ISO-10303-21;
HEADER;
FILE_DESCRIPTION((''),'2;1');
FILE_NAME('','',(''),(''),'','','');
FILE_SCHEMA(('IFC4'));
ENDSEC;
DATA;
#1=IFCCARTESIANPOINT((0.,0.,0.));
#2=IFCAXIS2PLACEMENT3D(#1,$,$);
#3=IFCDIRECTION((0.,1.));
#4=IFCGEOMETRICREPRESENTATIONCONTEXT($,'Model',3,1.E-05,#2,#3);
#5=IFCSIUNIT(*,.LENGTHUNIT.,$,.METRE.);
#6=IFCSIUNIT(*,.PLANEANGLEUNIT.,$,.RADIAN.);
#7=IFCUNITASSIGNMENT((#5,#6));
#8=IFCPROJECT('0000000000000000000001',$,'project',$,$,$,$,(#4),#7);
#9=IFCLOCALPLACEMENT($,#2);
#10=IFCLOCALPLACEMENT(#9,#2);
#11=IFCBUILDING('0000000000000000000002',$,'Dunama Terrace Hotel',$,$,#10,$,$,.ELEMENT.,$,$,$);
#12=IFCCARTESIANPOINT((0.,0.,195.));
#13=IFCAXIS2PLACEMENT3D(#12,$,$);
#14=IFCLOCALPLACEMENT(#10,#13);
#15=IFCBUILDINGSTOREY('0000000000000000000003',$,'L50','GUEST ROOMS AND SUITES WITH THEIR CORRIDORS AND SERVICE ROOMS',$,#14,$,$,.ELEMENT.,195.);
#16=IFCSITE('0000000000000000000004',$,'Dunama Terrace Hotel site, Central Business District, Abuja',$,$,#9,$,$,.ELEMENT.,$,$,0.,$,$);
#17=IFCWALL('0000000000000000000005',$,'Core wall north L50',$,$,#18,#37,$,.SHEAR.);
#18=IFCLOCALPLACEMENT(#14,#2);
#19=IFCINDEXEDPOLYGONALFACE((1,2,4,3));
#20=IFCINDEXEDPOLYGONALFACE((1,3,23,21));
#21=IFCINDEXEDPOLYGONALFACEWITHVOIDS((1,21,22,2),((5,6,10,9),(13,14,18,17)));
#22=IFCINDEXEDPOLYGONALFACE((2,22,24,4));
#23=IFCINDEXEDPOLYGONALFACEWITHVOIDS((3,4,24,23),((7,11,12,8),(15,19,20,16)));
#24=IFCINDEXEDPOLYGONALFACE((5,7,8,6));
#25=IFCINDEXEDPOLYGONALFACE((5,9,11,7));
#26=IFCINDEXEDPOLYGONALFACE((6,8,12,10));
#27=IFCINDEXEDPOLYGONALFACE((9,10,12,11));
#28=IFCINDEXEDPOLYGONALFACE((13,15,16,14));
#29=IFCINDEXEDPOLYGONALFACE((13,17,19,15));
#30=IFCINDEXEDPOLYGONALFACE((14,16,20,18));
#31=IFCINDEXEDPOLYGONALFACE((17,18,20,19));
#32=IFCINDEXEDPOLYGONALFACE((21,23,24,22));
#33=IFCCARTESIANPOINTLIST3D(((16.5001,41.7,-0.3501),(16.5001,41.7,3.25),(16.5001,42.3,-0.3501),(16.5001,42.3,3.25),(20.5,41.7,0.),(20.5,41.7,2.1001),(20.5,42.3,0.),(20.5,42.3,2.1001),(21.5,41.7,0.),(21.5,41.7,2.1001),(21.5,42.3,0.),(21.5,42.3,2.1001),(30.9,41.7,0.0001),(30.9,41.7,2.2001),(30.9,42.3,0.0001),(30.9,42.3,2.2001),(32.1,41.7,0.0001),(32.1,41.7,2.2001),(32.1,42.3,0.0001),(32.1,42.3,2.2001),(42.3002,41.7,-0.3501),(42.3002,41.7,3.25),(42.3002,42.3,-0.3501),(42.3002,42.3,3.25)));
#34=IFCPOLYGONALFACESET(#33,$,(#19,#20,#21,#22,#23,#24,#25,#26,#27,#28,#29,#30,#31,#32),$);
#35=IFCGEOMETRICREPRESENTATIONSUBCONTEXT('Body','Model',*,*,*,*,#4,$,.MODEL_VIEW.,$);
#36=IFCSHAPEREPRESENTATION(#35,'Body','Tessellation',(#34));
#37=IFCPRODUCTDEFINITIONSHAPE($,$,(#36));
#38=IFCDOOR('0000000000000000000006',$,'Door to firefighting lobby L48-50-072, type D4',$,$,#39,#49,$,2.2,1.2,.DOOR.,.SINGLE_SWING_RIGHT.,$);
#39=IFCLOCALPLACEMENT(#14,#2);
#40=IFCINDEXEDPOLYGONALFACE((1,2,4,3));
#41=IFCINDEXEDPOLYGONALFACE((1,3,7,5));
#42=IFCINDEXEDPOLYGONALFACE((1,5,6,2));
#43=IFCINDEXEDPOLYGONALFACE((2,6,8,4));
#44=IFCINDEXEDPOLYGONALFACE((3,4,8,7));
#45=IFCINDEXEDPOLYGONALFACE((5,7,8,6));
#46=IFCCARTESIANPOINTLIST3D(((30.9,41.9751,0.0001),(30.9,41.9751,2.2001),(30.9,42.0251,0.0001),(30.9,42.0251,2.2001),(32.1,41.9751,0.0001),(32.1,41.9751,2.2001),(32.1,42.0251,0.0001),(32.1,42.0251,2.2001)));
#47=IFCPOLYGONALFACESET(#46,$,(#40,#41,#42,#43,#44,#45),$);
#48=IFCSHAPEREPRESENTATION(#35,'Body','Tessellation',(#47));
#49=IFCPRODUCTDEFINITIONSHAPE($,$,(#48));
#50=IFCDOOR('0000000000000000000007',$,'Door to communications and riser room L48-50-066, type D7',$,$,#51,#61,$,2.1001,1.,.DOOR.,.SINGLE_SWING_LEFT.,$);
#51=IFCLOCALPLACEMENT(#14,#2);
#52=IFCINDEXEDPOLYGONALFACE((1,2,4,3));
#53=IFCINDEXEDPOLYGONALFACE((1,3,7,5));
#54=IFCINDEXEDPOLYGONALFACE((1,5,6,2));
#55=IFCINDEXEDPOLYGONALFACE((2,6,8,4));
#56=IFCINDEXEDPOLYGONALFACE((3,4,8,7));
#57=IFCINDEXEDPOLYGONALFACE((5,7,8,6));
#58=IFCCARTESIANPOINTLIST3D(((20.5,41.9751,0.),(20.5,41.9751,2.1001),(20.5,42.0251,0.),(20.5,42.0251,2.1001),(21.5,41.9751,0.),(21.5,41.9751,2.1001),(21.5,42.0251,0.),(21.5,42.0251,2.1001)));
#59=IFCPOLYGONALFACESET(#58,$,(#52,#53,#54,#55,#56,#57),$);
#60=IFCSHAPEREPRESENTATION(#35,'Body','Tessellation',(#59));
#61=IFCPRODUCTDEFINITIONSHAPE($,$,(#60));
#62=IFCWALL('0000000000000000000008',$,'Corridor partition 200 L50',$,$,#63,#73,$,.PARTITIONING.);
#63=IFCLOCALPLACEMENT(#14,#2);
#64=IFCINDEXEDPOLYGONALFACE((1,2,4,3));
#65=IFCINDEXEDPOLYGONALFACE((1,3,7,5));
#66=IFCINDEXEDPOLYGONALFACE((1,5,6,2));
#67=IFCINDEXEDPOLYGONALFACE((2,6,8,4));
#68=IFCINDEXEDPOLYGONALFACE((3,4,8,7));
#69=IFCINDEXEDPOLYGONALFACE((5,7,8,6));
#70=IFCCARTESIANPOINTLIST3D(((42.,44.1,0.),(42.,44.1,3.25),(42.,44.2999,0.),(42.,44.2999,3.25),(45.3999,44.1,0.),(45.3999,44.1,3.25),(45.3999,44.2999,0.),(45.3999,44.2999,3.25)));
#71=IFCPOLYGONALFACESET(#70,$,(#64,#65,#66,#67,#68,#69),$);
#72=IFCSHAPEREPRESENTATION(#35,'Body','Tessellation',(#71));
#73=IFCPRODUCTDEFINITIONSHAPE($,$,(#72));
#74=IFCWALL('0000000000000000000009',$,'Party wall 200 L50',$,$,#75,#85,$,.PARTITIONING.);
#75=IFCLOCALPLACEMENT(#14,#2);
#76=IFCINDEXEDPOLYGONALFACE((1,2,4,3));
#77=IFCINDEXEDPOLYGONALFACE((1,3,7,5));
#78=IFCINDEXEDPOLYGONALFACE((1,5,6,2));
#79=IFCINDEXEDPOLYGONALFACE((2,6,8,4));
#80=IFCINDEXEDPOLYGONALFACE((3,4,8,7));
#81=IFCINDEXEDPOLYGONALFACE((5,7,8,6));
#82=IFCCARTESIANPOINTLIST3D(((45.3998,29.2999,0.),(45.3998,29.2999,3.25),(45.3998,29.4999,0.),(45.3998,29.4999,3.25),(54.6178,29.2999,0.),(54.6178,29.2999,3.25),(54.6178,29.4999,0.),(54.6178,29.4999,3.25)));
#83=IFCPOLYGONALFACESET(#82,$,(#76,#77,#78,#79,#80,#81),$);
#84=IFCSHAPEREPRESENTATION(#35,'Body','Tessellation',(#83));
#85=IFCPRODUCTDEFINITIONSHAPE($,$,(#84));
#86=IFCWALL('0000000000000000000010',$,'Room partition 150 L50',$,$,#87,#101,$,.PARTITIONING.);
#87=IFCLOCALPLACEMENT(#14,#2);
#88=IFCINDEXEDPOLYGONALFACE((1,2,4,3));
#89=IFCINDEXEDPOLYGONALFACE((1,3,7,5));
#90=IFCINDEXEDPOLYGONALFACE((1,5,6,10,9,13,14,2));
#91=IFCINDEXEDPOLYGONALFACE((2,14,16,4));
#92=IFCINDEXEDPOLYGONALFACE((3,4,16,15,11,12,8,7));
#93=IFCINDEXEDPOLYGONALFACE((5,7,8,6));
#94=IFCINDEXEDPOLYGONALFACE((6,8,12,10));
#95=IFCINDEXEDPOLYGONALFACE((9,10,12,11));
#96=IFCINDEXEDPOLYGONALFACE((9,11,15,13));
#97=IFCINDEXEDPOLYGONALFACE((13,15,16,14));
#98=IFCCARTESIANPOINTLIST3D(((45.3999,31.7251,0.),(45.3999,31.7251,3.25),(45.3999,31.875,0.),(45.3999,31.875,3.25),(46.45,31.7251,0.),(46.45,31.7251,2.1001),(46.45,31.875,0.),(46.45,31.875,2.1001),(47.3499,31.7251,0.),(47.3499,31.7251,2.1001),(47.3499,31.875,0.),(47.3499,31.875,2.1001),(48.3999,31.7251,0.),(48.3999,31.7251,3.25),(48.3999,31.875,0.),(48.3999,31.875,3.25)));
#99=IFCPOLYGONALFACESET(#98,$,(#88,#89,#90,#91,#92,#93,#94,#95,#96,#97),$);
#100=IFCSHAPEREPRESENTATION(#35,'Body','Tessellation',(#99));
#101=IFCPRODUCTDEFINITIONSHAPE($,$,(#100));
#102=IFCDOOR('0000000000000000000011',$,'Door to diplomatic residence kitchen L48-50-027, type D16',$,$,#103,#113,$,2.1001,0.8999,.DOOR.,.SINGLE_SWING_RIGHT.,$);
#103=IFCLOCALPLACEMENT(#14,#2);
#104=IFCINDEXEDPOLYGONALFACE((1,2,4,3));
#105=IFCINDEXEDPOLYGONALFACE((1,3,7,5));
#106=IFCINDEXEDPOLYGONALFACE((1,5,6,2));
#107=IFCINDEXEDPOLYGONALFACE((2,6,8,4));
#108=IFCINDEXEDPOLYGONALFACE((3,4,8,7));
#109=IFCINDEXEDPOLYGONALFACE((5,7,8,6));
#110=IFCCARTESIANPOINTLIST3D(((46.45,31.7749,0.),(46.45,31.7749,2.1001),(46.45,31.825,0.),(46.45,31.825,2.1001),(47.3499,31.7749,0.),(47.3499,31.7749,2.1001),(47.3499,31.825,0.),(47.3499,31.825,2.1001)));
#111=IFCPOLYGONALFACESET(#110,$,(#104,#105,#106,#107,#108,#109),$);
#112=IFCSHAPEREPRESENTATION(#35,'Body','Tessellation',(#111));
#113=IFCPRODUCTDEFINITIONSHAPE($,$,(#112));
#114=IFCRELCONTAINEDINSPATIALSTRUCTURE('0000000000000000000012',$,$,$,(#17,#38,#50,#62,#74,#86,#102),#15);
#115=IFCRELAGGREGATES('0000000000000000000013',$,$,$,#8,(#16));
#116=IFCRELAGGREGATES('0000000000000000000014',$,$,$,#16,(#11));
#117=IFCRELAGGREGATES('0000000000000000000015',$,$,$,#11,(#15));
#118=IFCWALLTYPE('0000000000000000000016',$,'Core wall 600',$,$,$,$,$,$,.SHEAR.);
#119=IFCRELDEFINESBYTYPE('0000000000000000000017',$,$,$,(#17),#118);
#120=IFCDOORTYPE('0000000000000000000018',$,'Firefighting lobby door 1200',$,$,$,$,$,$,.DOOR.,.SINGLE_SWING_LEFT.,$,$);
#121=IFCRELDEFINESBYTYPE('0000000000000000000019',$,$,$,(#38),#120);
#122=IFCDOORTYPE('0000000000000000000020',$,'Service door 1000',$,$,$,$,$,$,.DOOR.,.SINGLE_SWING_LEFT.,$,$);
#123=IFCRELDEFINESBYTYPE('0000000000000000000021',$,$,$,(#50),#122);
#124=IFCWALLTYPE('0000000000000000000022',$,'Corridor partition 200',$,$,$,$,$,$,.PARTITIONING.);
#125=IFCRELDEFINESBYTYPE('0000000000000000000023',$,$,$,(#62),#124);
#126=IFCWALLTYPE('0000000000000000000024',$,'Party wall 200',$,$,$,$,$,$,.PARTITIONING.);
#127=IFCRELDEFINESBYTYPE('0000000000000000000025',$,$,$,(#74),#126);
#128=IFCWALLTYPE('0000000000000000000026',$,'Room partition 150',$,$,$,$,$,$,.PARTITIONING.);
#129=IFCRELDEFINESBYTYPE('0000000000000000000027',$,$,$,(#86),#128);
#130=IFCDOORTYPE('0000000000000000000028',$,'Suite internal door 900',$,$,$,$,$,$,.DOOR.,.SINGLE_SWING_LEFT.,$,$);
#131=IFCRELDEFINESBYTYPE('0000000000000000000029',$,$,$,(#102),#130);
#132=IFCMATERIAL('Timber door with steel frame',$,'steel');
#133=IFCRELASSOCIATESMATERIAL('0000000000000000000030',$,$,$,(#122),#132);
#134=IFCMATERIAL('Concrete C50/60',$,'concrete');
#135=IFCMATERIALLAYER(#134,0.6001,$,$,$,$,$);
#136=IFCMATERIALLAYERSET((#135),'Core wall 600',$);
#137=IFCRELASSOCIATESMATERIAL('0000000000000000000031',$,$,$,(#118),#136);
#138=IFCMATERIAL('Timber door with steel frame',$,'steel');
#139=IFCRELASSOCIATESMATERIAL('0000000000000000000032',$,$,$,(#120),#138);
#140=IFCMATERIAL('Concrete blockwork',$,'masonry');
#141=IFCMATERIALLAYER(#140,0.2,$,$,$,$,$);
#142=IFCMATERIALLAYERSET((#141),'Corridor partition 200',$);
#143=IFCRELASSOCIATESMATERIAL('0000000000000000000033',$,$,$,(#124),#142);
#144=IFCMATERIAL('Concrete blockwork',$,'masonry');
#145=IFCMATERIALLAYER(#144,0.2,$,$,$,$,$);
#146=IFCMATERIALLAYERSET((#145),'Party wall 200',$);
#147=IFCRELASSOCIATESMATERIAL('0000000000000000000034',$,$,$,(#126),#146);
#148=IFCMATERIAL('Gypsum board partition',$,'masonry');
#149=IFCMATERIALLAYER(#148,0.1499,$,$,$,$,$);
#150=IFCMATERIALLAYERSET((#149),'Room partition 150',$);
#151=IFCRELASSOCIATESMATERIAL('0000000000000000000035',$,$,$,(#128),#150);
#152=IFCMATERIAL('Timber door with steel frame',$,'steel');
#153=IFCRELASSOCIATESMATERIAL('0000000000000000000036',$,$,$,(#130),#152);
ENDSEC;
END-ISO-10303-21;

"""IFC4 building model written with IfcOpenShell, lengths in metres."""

from ifc_helpers import new_model, si_unit, direction, frame, frame_2d, origin, place, context, subcontext, project, spatial, rectangle, extrude, material, layer, layer_set, type_object, element, fill, save


model = new_model("IFC4")

# Units and contexts
model_context = context("Model", 3, precision=1e-05, world=origin(), true_north=direction((0.0, 1.0)))
body_context = subcontext(model_context, "Body", "Model", "MODEL_VIEW")
ifc_project = project(units=[si_unit("LENGTHUNIT", "METRE"), si_unit("PLANEANGLEUNIT", "RADIAN")], contexts=[model_context])

# Site, building, storey
site_placement = place(None, origin())
site = spatial("IfcSite", under=ifc_project, at=site_placement, Name="Dunama Terrace Hotel site, Central Business District, Abuja", CompositionType="ELEMENT", RefElevation=0.0)
building_placement = place(site_placement, origin())
building = spatial("IfcBuilding", under=site, at=building_placement, Name="Dunama Terrace Hotel", CompositionType="ELEMENT")
storey_placement = place(building_placement, frame((0.0, 0.0, 195.0)))
storey = spatial("IfcBuildingStorey", under=building, at=storey_placement, Name="L50", Description="GUEST ROOMS AND SUITES WITH THEIR CORRIDORS AND SERVICE ROOMS", CompositionType="ELEMENT", Elevation=195.0)

# Shared definitions
ifc_material_1 = material(Name="Timber door with steel frame", Category="steel")
door_type_1 = type_object("IfcDoorType", Name="Service door 1000", OperationType="SINGLE_SWING_LEFT", PredefinedType="DOOR", material=ifc_material_1)

# Wall, openings, doors
ifc_material_2 = material(Name="Concrete C50/60", Category="concrete")
ifc_layer_1 = layer(ifc_material_2, 0.6001)
ifc_layer_set_1 = layer_set([ifc_layer_1], Name="Core wall 600")
wall_type_1 = type_object("IfcWallType", Name="Core wall 600", PredefinedType="SHEAR", material=ifc_layer_set_1)
wall_1_placement = place(storey_placement, frame((42.3, 42.0, -0.3501), z_axis=(0.0, 0.0, 1.0), x_axis=(-1.0, 0.0, 0.0)))
wall_1 = element("IfcWall", 1, at=wall_1_placement, inside=storey, type_object=wall_type_1, Name="Core wall north L50", PredefinedType="SHEAR", context=body_context, shape_type="SweptSolid", body=[
    extrude(rectangle(XDim=25.8, YDim=0.6001, at=frame_2d((12.8999, 0.0))), origin(), (0.0, 0.0, 1.0), 3.6001),
])
opening_1_placement = place(wall_1_placement, frame((20.8, 0.0, 0.3501)))
opening_1 = element("IfcOpeningElement", 2, at=opening_1_placement, cuts=wall_1, PredefinedType="OPENING", context=body_context, shape_type="SweptSolid", body=[
    extrude(rectangle(XDim=1.0, YDim=2.1001, at=frame_2d((0.5, 1.05))), frame((0.0, 0.3101, 0.0), z_axis=(0.0, -1.0, 0.0), x_axis=(1.0, 0.0, 0.0)), (0.0, 0.0, 1.0), 0.6201),
])
opening_2_placement = place(wall_1_placement, frame((10.2, 0.0, 0.3501)))
opening_2 = element("IfcOpeningElement", 3, at=opening_2_placement, cuts=wall_1, PredefinedType="OPENING", context=body_context, shape_type="SweptSolid", body=[
    extrude(rectangle(XDim=1.2, YDim=2.2, at=frame_2d((0.6001, 1.1001))), frame((0.0, 0.3101, 0.0), z_axis=(0.0, -1.0, 0.0), x_axis=(1.0, 0.0, 0.0)), (0.0, 0.0, 1.0), 0.6201),
])
ifc_material_3 = material(Name="Timber door with steel frame", Category="steel")
door_type_2 = type_object("IfcDoorType", Name="Firefighting lobby door 1200", OperationType="SINGLE_SWING_LEFT", PredefinedType="DOOR", material=ifc_material_3)
door_1_placement = place(opening_2_placement, origin())
door_1 = element("IfcDoor", 4, at=door_1_placement, inside=storey, type_object=door_type_2, Name="Door to firefighting lobby L48-50-072, type D4", OperationType="SINGLE_SWING_RIGHT", OverallHeight=2.2, OverallWidth=1.2, PredefinedType="DOOR", context=body_context, shape_type="SweptSolid", body=[
    extrude(rectangle(XDim=1.2, YDim=2.2, at=frame_2d((0.6001, 1.1001))), frame((0.0, 0.0249, 0.0), z_axis=(0.0, -1.0, 0.0), x_axis=(1.0, 0.0, 0.0)), (0.0, 0.0, 1.0), 0.05),
])
fill(opening_2, door_1)
door_2_placement = place(opening_1_placement, origin())
door_2 = element("IfcDoor", 5, at=door_2_placement, inside=storey, type_object=door_type_1, Name="Door to communications and riser room L48-50-066, type D7", OperationType="SINGLE_SWING_LEFT", OverallHeight=2.1001, OverallWidth=1.0, PredefinedType="DOOR", context=body_context, shape_type="SweptSolid", body=[
    extrude(rectangle(XDim=1.0, YDim=2.1001, at=frame_2d((0.5, 1.05))), frame((0.0, 0.0249, 0.0), z_axis=(0.0, -1.0, 0.0), x_axis=(1.0, 0.0, 0.0)), (0.0, 0.0, 1.0), 0.05),
])
fill(opening_1, door_2)

# Walls
ifc_material_4 = material(Name="Concrete blockwork", Category="masonry")
ifc_layer_2 = layer(ifc_material_4, 0.2)
ifc_layer_set_2 = layer_set([ifc_layer_2], Name="Corridor partition 200")
wall_type_2 = type_object("IfcWallType", Name="Corridor partition 200", PredefinedType="PARTITIONING", material=ifc_layer_set_2)
wall_2_placement = place(storey_placement, frame((42.0, 44.2, 0.0), z_axis=(0.0, 0.0, 1.0), x_axis=(1.0, 0.0, 0.0)))
element("IfcWall", 6, at=wall_2_placement, inside=storey, type_object=wall_type_2, Name="Corridor partition 200 L50", PredefinedType="PARTITIONING", context=body_context, shape_type="SweptSolid", body=[
    extrude(rectangle(XDim=3.3999, YDim=0.2, at=frame_2d((1.7, 0.0))), origin(), (0.0, 0.0, 1.0), 3.25),
])
ifc_material_5 = material(Name="Concrete blockwork", Category="masonry")
ifc_layer_3 = layer(ifc_material_5, 0.2)
ifc_layer_set_3 = layer_set([ifc_layer_3], Name="Party wall 200")
wall_type_3 = type_object("IfcWallType", Name="Party wall 200", PredefinedType="PARTITIONING", material=ifc_layer_set_3)
wall_3_placement = place(storey_placement, frame((45.3999, 29.3999, 0.0), z_axis=(0.0, 0.0, 1.0), x_axis=(1.0, 0.0, 0.0)))
element("IfcWall", 7, at=wall_3_placement, inside=storey, type_object=wall_type_3, Name="Party wall 200 L50", PredefinedType="PARTITIONING", context=body_context, shape_type="SweptSolid", body=[
    extrude(rectangle(XDim=9.218, YDim=0.2, at=frame_2d((4.6089, 0.0))), origin(), (0.0, 0.0, 1.0), 3.25),
])

# Wall, opening, door
ifc_material_6 = material(Name="Gypsum board partition", Category="masonry")
ifc_layer_4 = layer(ifc_material_6, 0.1499)
ifc_layer_set_4 = layer_set([ifc_layer_4], Name="Room partition 150")
wall_type_4 = type_object("IfcWallType", Name="Room partition 150", PredefinedType="PARTITIONING", material=ifc_layer_set_4)
wall_4_placement = place(storey_placement, frame((45.3999, 31.8, 0.0), z_axis=(0.0, 0.0, 1.0), x_axis=(1.0, 0.0, 0.0)))
wall_4 = element("IfcWall", 8, at=wall_4_placement, inside=storey, type_object=wall_type_4, Name="Room partition 150 L50", PredefinedType="PARTITIONING", context=body_context, shape_type="SweptSolid", body=[
    extrude(rectangle(XDim=3.0, YDim=0.1499, at=frame_2d((1.5, 0.0))), origin(), (0.0, 0.0, 1.0), 3.25),
])
opening_3_placement = place(wall_4_placement, frame((1.05, 0.0, 0.0)))
opening_3 = element("IfcOpeningElement", 9, at=opening_3_placement, cuts=wall_4, PredefinedType="OPENING", context=body_context, shape_type="SweptSolid", body=[
    extrude(rectangle(XDim=0.8999, YDim=2.1001, at=frame_2d((0.45, 1.05))), frame((0.0, 0.085, 0.0), z_axis=(0.0, -1.0, 0.0), x_axis=(1.0, 0.0, 0.0)), (0.0, 0.0, 1.0), 0.1699),
])
ifc_material_7 = material(Name="Timber door with steel frame", Category="steel")
door_type_3 = type_object("IfcDoorType", Name="Suite internal door 900", OperationType="SINGLE_SWING_LEFT", PredefinedType="DOOR", material=ifc_material_7)
door_3_placement = place(opening_3_placement, frame((0.8999, 0.0, 0.0), z_axis=(0.0, 0.0, 1.0), x_axis=(-1.0, 0.0, 0.0)))
door_3 = element("IfcDoor", 10, at=door_3_placement, inside=storey, type_object=door_type_3, Name="Door to diplomatic residence kitchen L48-50-027, type D16", OperationType="SINGLE_SWING_RIGHT", OverallHeight=2.1001, OverallWidth=0.8999, PredefinedType="DOOR", context=body_context, shape_type="SweptSolid", body=[
    extrude(rectangle(XDim=0.8999, YDim=2.1001, at=frame_2d((0.45, 1.05))), frame((0.0, 0.0251, 0.0), z_axis=(0.0, -1.0, 0.0), x_axis=(1.0, 0.0, 0.0)), (0.0, 0.0, 1.0), 0.05),
])
fill(opening_3, door_3)

save(model, "model.ifc")
